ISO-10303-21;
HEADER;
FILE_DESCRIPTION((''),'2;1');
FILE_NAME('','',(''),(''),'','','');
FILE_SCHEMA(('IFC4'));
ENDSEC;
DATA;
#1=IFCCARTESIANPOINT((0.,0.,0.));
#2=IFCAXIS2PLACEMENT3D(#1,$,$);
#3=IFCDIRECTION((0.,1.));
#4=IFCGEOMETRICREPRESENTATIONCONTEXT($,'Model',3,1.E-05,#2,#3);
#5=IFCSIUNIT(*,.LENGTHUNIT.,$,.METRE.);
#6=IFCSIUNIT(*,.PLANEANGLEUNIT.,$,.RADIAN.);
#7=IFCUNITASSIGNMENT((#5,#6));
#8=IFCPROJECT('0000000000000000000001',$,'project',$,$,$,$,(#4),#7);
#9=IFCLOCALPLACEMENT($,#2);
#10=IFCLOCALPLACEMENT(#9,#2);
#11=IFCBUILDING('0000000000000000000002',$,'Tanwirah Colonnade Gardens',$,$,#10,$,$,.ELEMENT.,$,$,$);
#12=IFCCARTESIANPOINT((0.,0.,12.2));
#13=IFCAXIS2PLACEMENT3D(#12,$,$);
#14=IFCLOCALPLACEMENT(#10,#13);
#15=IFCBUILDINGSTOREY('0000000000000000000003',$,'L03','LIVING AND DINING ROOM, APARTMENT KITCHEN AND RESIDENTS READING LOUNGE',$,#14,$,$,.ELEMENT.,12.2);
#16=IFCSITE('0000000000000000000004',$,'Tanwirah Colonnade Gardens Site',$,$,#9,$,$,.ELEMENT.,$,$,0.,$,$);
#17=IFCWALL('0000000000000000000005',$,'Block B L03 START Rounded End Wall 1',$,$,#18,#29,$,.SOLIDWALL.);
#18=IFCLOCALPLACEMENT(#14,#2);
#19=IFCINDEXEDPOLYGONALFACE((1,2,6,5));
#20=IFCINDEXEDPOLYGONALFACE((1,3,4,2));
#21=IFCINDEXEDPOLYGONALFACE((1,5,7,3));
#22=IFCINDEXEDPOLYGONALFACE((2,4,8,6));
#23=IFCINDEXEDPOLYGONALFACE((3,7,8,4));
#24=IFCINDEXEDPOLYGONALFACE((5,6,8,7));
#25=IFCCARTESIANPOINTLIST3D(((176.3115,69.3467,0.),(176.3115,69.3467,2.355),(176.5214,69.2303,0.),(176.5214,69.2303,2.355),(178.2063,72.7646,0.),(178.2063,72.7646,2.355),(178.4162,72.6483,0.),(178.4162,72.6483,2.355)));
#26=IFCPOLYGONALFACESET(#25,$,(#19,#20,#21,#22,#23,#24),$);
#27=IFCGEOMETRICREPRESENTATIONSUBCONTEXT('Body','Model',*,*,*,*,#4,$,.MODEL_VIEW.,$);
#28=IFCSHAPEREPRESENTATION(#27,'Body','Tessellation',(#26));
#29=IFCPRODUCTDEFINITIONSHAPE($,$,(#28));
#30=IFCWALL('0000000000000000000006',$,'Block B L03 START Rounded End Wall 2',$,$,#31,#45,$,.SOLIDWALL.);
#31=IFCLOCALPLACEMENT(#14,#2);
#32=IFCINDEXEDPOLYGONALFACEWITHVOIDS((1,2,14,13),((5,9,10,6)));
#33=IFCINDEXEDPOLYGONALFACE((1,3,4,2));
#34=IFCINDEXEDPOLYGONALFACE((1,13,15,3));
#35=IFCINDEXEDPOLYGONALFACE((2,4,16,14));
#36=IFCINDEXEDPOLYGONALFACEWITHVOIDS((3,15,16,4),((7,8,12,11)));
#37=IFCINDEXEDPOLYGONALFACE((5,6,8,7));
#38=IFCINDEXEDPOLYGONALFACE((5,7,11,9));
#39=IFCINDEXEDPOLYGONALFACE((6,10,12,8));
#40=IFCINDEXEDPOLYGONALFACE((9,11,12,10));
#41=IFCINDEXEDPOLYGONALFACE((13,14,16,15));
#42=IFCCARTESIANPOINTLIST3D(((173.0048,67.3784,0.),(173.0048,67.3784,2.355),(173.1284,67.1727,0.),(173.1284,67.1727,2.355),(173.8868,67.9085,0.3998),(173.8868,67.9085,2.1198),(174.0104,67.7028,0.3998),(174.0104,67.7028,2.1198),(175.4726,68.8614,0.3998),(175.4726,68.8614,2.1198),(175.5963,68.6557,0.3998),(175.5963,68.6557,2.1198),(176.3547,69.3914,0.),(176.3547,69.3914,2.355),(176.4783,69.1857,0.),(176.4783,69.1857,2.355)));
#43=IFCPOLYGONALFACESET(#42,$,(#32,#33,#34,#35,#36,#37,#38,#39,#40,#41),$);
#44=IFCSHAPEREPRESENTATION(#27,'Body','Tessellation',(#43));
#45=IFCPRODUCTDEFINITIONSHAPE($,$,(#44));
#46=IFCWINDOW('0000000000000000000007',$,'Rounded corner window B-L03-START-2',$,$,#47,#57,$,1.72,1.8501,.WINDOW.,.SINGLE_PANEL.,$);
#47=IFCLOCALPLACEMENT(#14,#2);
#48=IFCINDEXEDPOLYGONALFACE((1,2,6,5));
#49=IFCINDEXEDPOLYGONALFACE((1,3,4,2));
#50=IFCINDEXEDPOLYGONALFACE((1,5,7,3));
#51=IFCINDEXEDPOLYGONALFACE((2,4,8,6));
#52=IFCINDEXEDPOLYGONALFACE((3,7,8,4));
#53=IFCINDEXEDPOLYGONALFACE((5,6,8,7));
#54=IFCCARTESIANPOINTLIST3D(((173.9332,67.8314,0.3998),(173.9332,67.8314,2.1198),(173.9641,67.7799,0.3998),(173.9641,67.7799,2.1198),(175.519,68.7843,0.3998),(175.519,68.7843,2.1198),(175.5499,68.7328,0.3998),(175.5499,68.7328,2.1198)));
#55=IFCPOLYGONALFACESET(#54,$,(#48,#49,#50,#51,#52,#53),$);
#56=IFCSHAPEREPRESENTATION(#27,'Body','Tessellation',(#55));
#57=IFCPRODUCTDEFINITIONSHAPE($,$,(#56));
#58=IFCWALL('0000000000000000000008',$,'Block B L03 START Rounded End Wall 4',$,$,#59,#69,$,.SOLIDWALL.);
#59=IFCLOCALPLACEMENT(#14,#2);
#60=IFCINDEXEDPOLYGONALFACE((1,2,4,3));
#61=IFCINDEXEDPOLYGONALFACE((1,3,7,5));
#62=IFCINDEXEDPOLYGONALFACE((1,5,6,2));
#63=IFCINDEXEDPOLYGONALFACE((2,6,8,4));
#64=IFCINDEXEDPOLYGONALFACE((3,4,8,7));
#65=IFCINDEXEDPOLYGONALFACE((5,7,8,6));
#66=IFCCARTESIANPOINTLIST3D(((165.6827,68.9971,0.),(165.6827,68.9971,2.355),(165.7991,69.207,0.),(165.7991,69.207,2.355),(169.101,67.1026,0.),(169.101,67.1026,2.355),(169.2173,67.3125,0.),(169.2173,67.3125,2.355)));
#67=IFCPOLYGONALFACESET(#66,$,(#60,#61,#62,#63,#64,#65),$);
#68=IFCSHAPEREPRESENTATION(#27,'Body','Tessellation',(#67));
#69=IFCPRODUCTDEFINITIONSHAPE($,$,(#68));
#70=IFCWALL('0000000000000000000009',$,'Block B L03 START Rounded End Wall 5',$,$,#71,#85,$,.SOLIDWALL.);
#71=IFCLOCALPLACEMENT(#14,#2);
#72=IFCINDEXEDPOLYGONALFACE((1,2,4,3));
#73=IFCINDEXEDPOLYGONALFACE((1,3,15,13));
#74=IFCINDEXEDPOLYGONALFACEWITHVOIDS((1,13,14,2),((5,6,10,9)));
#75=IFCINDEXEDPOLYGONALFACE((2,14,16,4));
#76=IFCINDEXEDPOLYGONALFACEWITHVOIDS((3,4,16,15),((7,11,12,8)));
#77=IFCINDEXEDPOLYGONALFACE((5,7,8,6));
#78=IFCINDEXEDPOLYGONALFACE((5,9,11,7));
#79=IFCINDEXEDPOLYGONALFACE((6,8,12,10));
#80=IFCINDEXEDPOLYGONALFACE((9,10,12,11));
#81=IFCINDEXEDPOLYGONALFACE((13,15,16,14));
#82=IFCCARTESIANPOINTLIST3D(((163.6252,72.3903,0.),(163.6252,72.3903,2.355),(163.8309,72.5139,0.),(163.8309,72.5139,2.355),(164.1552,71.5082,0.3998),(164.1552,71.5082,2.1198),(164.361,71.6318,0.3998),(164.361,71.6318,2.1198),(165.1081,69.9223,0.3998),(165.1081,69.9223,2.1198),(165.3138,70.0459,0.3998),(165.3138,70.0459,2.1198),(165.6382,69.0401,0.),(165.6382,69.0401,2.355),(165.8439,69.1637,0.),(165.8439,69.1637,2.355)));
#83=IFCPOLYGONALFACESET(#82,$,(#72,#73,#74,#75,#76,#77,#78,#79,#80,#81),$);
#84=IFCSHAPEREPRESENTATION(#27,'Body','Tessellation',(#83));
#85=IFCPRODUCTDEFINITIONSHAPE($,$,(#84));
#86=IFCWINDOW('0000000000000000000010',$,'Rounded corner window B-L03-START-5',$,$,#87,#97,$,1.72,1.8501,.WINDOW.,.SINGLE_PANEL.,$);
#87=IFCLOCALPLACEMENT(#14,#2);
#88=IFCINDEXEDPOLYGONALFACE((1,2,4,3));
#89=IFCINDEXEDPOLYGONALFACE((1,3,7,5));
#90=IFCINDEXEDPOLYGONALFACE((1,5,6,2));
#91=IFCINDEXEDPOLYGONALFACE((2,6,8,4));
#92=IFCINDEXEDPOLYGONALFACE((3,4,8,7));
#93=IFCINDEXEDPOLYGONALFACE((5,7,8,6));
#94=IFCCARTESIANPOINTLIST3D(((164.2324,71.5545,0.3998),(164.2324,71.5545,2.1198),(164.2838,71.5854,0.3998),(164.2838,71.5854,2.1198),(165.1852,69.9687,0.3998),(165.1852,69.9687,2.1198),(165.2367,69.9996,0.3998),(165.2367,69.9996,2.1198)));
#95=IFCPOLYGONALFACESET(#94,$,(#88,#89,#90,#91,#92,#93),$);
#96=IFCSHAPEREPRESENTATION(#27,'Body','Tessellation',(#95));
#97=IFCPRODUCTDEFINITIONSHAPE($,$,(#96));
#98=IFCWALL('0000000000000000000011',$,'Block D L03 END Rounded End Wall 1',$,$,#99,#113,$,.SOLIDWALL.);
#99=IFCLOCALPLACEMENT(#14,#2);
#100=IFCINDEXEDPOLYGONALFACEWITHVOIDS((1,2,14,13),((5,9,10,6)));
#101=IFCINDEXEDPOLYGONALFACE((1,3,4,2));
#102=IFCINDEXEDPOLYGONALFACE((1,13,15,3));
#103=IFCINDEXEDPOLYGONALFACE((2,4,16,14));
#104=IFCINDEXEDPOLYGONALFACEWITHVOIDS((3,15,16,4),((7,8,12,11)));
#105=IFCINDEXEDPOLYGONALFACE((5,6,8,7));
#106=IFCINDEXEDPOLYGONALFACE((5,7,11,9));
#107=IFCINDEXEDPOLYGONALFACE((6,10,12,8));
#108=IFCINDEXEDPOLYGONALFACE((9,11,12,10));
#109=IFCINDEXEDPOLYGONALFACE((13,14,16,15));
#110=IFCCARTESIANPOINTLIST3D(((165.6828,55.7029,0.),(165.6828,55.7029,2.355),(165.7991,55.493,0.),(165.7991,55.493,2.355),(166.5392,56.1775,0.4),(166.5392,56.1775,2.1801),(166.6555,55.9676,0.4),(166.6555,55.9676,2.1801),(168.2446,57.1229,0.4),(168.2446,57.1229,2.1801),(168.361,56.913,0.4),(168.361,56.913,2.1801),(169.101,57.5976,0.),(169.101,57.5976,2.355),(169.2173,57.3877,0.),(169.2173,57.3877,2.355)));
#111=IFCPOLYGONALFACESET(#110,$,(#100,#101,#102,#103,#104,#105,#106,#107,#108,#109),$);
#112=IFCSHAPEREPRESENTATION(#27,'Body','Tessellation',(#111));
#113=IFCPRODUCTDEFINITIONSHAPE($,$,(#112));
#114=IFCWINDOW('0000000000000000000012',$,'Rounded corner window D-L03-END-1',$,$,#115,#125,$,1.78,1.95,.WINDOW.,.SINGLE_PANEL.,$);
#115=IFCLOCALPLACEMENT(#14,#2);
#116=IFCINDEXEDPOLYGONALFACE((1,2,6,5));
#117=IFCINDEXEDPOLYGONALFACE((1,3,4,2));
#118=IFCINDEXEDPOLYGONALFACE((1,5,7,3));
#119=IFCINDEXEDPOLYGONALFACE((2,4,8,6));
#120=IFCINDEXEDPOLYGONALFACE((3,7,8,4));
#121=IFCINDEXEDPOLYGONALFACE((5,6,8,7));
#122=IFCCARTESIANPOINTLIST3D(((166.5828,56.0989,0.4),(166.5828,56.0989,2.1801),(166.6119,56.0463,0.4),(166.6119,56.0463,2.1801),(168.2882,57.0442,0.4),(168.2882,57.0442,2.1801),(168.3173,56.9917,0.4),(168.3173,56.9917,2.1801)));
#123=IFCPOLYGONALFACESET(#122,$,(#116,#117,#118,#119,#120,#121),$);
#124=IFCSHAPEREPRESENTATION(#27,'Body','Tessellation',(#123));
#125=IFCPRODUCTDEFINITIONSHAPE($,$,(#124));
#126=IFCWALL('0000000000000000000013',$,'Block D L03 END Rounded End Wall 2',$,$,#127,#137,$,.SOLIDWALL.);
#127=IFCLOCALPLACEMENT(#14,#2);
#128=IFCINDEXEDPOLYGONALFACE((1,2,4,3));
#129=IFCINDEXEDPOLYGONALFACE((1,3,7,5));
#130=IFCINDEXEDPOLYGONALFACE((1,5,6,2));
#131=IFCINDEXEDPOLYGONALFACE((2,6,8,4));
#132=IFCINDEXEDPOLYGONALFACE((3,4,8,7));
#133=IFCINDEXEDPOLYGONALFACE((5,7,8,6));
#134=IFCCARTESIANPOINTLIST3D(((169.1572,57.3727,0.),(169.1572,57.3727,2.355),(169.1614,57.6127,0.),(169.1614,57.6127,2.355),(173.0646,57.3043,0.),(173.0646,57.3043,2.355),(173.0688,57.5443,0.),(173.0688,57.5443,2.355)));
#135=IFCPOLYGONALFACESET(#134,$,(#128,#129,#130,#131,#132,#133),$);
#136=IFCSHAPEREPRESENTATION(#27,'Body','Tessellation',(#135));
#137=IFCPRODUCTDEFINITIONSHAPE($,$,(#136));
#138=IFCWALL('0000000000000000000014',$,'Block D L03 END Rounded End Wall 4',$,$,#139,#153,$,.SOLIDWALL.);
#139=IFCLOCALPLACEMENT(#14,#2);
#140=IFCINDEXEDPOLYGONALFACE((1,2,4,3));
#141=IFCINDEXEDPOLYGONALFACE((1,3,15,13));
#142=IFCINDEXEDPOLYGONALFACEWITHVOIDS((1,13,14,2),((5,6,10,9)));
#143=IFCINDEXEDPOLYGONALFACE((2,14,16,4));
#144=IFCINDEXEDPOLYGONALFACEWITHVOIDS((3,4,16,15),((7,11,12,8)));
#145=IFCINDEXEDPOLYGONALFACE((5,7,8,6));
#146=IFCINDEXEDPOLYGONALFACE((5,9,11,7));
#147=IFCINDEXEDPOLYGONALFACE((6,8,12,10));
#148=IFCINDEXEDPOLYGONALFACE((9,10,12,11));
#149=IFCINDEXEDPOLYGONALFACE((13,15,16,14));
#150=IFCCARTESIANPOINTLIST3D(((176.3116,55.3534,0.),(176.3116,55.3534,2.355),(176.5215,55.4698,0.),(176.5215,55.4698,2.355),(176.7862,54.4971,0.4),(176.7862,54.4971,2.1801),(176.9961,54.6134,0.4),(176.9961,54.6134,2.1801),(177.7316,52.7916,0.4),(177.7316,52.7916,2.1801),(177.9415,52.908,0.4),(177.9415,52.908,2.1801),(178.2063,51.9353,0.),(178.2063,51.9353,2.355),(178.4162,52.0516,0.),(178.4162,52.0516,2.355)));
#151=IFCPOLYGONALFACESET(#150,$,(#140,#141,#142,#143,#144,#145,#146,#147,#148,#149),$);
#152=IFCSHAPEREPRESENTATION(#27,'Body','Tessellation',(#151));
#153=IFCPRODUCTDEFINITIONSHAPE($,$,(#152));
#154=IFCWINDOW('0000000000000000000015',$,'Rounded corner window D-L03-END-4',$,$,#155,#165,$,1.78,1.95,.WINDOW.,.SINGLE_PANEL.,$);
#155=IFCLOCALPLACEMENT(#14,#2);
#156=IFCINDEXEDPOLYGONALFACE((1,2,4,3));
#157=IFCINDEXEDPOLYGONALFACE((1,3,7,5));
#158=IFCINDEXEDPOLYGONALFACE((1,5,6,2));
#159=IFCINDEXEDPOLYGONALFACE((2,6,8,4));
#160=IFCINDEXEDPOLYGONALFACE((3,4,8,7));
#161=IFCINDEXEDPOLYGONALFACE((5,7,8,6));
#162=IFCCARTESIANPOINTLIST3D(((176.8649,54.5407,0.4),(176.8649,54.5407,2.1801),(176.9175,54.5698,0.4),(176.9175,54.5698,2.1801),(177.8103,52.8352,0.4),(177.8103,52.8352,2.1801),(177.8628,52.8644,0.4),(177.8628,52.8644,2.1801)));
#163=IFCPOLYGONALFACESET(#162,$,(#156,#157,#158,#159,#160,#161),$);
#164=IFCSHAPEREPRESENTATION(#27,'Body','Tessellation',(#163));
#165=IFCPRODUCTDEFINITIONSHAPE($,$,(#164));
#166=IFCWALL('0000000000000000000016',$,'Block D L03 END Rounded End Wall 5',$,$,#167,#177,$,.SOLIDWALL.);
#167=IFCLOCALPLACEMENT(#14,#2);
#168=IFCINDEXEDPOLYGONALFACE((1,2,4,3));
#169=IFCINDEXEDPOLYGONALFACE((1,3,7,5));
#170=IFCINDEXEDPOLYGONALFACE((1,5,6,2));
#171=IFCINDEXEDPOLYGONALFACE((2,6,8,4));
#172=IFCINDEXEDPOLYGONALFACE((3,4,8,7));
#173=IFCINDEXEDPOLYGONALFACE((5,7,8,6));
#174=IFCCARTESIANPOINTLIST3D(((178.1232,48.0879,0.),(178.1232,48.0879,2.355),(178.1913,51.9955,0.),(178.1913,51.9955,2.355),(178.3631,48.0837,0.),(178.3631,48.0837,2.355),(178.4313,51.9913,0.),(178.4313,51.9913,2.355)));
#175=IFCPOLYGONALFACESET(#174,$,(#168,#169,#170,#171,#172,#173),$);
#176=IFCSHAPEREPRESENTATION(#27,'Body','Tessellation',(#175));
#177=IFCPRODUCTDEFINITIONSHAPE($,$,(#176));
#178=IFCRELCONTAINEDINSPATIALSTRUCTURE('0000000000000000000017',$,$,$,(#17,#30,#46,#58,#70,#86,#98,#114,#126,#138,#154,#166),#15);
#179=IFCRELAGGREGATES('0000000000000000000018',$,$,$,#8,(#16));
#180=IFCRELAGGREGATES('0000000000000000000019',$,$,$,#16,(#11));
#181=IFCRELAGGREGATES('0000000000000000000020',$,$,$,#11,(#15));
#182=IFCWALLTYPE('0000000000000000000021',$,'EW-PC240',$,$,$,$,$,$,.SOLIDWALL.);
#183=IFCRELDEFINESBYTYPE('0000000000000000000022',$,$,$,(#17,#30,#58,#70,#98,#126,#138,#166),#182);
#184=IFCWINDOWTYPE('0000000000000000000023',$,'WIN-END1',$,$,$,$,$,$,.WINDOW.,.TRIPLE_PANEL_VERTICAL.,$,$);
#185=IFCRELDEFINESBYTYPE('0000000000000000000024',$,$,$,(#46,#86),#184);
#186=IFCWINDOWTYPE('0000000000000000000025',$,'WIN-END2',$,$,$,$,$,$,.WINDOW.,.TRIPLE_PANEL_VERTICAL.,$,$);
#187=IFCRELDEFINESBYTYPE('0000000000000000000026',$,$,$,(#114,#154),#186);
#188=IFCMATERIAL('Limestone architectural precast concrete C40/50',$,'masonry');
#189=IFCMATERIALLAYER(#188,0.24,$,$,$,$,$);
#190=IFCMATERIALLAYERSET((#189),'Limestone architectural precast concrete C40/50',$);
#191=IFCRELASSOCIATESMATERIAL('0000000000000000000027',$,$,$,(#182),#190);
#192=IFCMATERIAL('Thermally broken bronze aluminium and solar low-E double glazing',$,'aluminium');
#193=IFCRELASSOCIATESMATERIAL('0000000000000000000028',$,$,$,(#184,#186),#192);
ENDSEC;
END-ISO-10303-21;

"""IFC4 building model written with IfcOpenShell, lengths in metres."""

from ifc_helpers import new_model, si_unit, direction, frame, frame_2d, origin, place, context, subcontext, project, spatial, rectangle, extrude, material, layer, layer_set, type_object, element, fill, save


model = new_model("IFC4")

# Units and contexts
model_context = context("Model", 3, precision=1e-05, world=origin(), true_north=direction((0.0, 1.0)))
body_context = subcontext(model_context, "Body", "Model", "MODEL_VIEW")
ifc_project = project(units=[si_unit("LENGTHUNIT", "METRE"), si_unit("PLANEANGLEUNIT", "RADIAN")], contexts=[model_context])

# Site, building, storey
site_placement = place(None, origin())
site = spatial("IfcSite", under=ifc_project, at=site_placement, Name="Tanwirah Colonnade Gardens Site", CompositionType="ELEMENT", RefElevation=0.0)
building_placement = place(site_placement, origin())
building = spatial("IfcBuilding", under=site, at=building_placement, Name="Tanwirah Colonnade Gardens", CompositionType="ELEMENT")
storey_placement = place(building_placement, frame((0.0, 0.0, 12.2)))
storey = spatial("IfcBuildingStorey", under=building, at=storey_placement, Name="L03", Description="LIVING AND DINING ROOM, APARTMENT KITCHEN AND RESIDENTS READING LOUNGE", CompositionType="ELEMENT", Elevation=12.2)

# Shared definitions
ifc_material_1 = material(Name="Limestone architectural precast concrete C40/50", Category="masonry")
ifc_layer_1 = layer(ifc_material_1, 0.24)
ifc_layer_set_1 = layer_set([ifc_layer_1], Name="Limestone architectural precast concrete C40/50")
wall_type_1 = type_object("IfcWallType", Name="EW-PC240", PredefinedType="SOLIDWALL", material=ifc_layer_set_1)
ifc_material_2 = material(Name="Thermally broken bronze aluminium and solar low-E double glazing", Category="aluminium")

# Wall
wall_1_placement = place(storey_placement, frame((178.3113, 72.7065, 0.0), z_axis=(0.0, 0.0, 1.0), x_axis=(-0.484842, -0.874602, 0.0)))
element("IfcWall", 1, at=wall_1_placement, inside=storey, type_object=wall_type_1, Name="Block B L03 START Rounded End Wall 1", PredefinedType="SOLIDWALL", context=body_context, shape_type="SweptSolid", body=[
    extrude(rectangle(XDim=3.908, YDim=0.24, at=frame_2d((1.9541, 0.0))), origin(), (0.0, 0.0, 1.0), 2.355),
])

# Wall, opening, window
wall_2_placement = place(storey_placement, frame((176.4165, 69.2886, 0.0), z_axis=(0.0, 0.0, 1.0), x_axis=(-0.857151, -0.515065, 0.0)))
wall_2 = element("IfcWall", 2, at=wall_2_placement, inside=storey, type_object=wall_type_1, Name="Block B L03 START Rounded End Wall 2", PredefinedType="SOLIDWALL", context=body_context, shape_type="SweptSolid", body=[
    extrude(rectangle(XDim=3.9082, YDim=0.24, at=frame_2d((1.9541, 0.0))), origin(), (0.0, 0.0, 1.0), 2.355),
])
opening_1_placement = place(wall_2_placement, frame((1.0291, 0.0, 0.3999)))
opening_1 = element("IfcOpeningElement", 3, at=opening_1_placement, cuts=wall_2, PredefinedType="OPENING", context=body_context, shape_type="SweptSolid", body=[
    extrude(rectangle(XDim=1.8501, YDim=1.72, at=frame_2d((0.925, 0.8599))), frame((0.0, 0.1299, 0.0), z_axis=(0.0, -1.0, 0.0), x_axis=(1.0, 0.0, 0.0)), (0.0, 0.0, 1.0), 0.26),
])
window_type_1 = type_object("IfcWindowType", Name="WIN-END1", PartitioningType="TRIPLE_PANEL_VERTICAL", PredefinedType="WINDOW", material=ifc_material_2)
window_1_placement = place(opening_1_placement, origin())
window_1 = element("IfcWindow", 4, at=window_1_placement, inside=storey, type_object=window_type_1, Name="Rounded corner window B-L03-START-2", OverallHeight=1.72, OverallWidth=1.8501, PartitioningType="SINGLE_PANEL", PredefinedType="WINDOW", context=body_context, shape_type="SweptSolid", body=[
    extrude(rectangle(XDim=1.8501, YDim=1.72, at=frame_2d((0.925, 0.8599))), frame((0.0, 0.03, 0.0), z_axis=(0.0, -1.0, 0.0), x_axis=(1.0, 0.0, 0.0)), (0.0, 0.0, 1.0), 0.0601),
])
fill(opening_1, window_1)

# Wall
wall_3_placement = place(storey_placement, frame((169.1592, 67.2075, 0.0), z_axis=(0.0, 0.0, 1.0), x_axis=(-0.874643, 0.484768, 0.0)))
element("IfcWall", 5, at=wall_3_placement, inside=storey, type_object=wall_type_1, Name="Block B L03 START Rounded End Wall 4", PredefinedType="SOLIDWALL", context=body_context, shape_type="SweptSolid", body=[
    extrude(rectangle(XDim=3.9082, YDim=0.24, at=frame_2d((1.9541, 0.0))), origin(), (0.0, 0.0, 1.0), 2.355),
])

# Walls, openings, windows
wall_4_placement = place(storey_placement, frame((165.741, 69.1021, 0.0), z_axis=(0.0, 0.0, 1.0), x_axis=(-0.515038, 0.857168, 0.0)))
wall_4 = element("IfcWall", 6, at=wall_4_placement, inside=storey, type_object=wall_type_1, Name="Block B L03 START Rounded End Wall 5", PredefinedType="SOLIDWALL", context=body_context, shape_type="SweptSolid", body=[
    extrude(rectangle(XDim=3.9084, YDim=0.24, at=frame_2d((1.9541, 0.0))), origin(), (0.0, 0.0, 1.0), 2.355),
])
opening_2_placement = place(wall_4_placement, frame((1.0291, 0.0, 0.3999)))
opening_2 = element("IfcOpeningElement", 7, at=opening_2_placement, cuts=wall_4, PredefinedType="OPENING", context=body_context, shape_type="SweptSolid", body=[
    extrude(rectangle(XDim=1.8501, YDim=1.72, at=frame_2d((0.925, 0.8599))), frame((0.0, 0.1299, 0.0), z_axis=(0.0, -1.0, 0.0), x_axis=(1.0, 0.0, 0.0)), (0.0, 0.0, 1.0), 0.26),
])
window_2_placement = place(opening_2_placement, origin())
window_2 = element("IfcWindow", 8, at=window_2_placement, inside=storey, type_object=window_type_1, Name="Rounded corner window B-L03-START-5", OverallHeight=1.72, OverallWidth=1.8501, PartitioningType="SINGLE_PANEL", PredefinedType="WINDOW", context=body_context, shape_type="SweptSolid", body=[
    extrude(rectangle(XDim=1.8501, YDim=1.72, at=frame_2d((0.925, 0.8599))), frame((0.0, 0.03, 0.0), z_axis=(0.0, -1.0, 0.0), x_axis=(1.0, 0.0, 0.0)), (0.0, 0.0, 1.0), 0.0601),
])
fill(opening_2, window_2)
wall_5_placement = place(storey_placement, frame((165.741, 55.5979, 0.0), z_axis=(0.0, 0.0, 1.0), x_axis=(0.874617, 0.484815, 0.0)))
wall_5 = element("IfcWall", 9, at=wall_5_placement, inside=storey, type_object=wall_type_1, Name="Block D L03 END Rounded End Wall 1", PredefinedType="SOLIDWALL", context=body_context, shape_type="SweptSolid", body=[
    extrude(rectangle(XDim=3.9082, YDim=0.24, at=frame_2d((1.9541, 0.0))), origin(), (0.0, 0.0, 1.0), 2.355),
])
opening_3_placement = place(wall_5_placement, frame((0.979, 0.0, 0.3999)))
opening_3 = element("IfcOpeningElement", 10, at=opening_3_placement, cuts=wall_5, PredefinedType="OPENING", context=body_context, shape_type="SweptSolid", body=[
    extrude(rectangle(XDim=1.95, YDim=1.78, at=frame_2d((0.9751, 0.8901))), frame((0.0, 0.1299, 0.0), z_axis=(0.0, -1.0, 0.0), x_axis=(1.0, 0.0, 0.0)), (0.0, 0.0, 1.0), 0.26),
])
window_type_2 = type_object("IfcWindowType", Name="WIN-END2", PartitioningType="TRIPLE_PANEL_VERTICAL", PredefinedType="WINDOW", material=ifc_material_2)
window_3_placement = place(opening_3_placement, origin())
window_3 = element("IfcWindow", 11, at=window_3_placement, inside=storey, type_object=window_type_2, Name="Rounded corner window D-L03-END-1", OverallHeight=1.78, OverallWidth=1.95, PartitioningType="SINGLE_PANEL", PredefinedType="WINDOW", context=body_context, shape_type="SweptSolid", body=[
    extrude(rectangle(XDim=1.95, YDim=1.78, at=frame_2d((0.9751, 0.8901))), frame((0.0, 0.03, 0.0), z_axis=(0.0, -1.0, 0.0), x_axis=(1.0, 0.0, 0.0)), (0.0, 0.0, 1.0), 0.0601),
])
fill(opening_3, window_3)

# Wall
wall_6_placement = place(storey_placement, frame((169.1592, 57.4927, 0.0), z_axis=(0.0, 0.0, 1.0), x_axis=(0.999847, -0.017492, 0.0)))
element("IfcWall", 12, at=wall_6_placement, inside=storey, type_object=wall_type_1, Name="Block D L03 END Rounded End Wall 2", PredefinedType="SOLIDWALL", context=body_context, shape_type="SweptSolid", body=[
    extrude(rectangle(XDim=3.908, YDim=0.24, at=frame_2d((1.9541, 0.0))), origin(), (0.0, 0.0, 1.0), 2.355),
])

# Wall, opening, window
wall_7_placement = place(storey_placement, frame((176.4165, 55.4116, 0.0), z_axis=(0.0, 0.0, 1.0), x_axis=(0.484815, -0.874617, 0.0)))
wall_7 = element("IfcWall", 13, at=wall_7_placement, inside=storey, type_object=wall_type_1, Name="Block D L03 END Rounded End Wall 4", PredefinedType="SOLIDWALL", context=body_context, shape_type="SweptSolid", body=[
    extrude(rectangle(XDim=3.9082, YDim=0.24, at=frame_2d((1.9541, 0.0))), origin(), (0.0, 0.0, 1.0), 2.355),
])
opening_4_placement = place(wall_7_placement, frame((0.979, 0.0, 0.3999)))
opening_4 = element("IfcOpeningElement", 14, at=opening_4_placement, cuts=wall_7, PredefinedType="OPENING", context=body_context, shape_type="SweptSolid", body=[
    extrude(rectangle(XDim=1.95, YDim=1.78, at=frame_2d((0.9751, 0.8901))), frame((0.0, 0.1299, 0.0), z_axis=(0.0, -1.0, 0.0), x_axis=(1.0, 0.0, 0.0)), (0.0, 0.0, 1.0), 0.26),
])
window_4_placement = place(opening_4_placement, origin())
window_4 = element("IfcWindow", 15, at=window_4_placement, inside=storey, type_object=window_type_2, Name="Rounded corner window D-L03-END-4", OverallHeight=1.78, OverallWidth=1.95, PartitioningType="SINGLE_PANEL", PredefinedType="WINDOW", context=body_context, shape_type="SweptSolid", body=[
    extrude(rectangle(XDim=1.95, YDim=1.78, at=frame_2d((0.9751, 0.8901))), frame((0.0, 0.03, 0.0), z_axis=(0.0, -1.0, 0.0), x_axis=(1.0, 0.0, 0.0)), (0.0, 0.0, 1.0), 0.0601),
])
fill(opening_4, window_4)

# Wall
wall_8_placement = place(storey_placement, frame((178.3113, 51.9934, 0.0), z_axis=(0.0, 0.0, 1.0), x_axis=(-0.017428, -0.999848, 0.0)))
element("IfcWall", 16, at=wall_8_placement, inside=storey, type_object=wall_type_1, Name="Block D L03 END Rounded End Wall 5", PredefinedType="SOLIDWALL", context=body_context, shape_type="SweptSolid", body=[
    extrude(rectangle(XDim=3.9082, YDim=0.24, at=frame_2d((1.9541, 0.0))), origin(), (0.0, 0.0, 1.0), 2.355),
])

save(model, "model.ifc")
